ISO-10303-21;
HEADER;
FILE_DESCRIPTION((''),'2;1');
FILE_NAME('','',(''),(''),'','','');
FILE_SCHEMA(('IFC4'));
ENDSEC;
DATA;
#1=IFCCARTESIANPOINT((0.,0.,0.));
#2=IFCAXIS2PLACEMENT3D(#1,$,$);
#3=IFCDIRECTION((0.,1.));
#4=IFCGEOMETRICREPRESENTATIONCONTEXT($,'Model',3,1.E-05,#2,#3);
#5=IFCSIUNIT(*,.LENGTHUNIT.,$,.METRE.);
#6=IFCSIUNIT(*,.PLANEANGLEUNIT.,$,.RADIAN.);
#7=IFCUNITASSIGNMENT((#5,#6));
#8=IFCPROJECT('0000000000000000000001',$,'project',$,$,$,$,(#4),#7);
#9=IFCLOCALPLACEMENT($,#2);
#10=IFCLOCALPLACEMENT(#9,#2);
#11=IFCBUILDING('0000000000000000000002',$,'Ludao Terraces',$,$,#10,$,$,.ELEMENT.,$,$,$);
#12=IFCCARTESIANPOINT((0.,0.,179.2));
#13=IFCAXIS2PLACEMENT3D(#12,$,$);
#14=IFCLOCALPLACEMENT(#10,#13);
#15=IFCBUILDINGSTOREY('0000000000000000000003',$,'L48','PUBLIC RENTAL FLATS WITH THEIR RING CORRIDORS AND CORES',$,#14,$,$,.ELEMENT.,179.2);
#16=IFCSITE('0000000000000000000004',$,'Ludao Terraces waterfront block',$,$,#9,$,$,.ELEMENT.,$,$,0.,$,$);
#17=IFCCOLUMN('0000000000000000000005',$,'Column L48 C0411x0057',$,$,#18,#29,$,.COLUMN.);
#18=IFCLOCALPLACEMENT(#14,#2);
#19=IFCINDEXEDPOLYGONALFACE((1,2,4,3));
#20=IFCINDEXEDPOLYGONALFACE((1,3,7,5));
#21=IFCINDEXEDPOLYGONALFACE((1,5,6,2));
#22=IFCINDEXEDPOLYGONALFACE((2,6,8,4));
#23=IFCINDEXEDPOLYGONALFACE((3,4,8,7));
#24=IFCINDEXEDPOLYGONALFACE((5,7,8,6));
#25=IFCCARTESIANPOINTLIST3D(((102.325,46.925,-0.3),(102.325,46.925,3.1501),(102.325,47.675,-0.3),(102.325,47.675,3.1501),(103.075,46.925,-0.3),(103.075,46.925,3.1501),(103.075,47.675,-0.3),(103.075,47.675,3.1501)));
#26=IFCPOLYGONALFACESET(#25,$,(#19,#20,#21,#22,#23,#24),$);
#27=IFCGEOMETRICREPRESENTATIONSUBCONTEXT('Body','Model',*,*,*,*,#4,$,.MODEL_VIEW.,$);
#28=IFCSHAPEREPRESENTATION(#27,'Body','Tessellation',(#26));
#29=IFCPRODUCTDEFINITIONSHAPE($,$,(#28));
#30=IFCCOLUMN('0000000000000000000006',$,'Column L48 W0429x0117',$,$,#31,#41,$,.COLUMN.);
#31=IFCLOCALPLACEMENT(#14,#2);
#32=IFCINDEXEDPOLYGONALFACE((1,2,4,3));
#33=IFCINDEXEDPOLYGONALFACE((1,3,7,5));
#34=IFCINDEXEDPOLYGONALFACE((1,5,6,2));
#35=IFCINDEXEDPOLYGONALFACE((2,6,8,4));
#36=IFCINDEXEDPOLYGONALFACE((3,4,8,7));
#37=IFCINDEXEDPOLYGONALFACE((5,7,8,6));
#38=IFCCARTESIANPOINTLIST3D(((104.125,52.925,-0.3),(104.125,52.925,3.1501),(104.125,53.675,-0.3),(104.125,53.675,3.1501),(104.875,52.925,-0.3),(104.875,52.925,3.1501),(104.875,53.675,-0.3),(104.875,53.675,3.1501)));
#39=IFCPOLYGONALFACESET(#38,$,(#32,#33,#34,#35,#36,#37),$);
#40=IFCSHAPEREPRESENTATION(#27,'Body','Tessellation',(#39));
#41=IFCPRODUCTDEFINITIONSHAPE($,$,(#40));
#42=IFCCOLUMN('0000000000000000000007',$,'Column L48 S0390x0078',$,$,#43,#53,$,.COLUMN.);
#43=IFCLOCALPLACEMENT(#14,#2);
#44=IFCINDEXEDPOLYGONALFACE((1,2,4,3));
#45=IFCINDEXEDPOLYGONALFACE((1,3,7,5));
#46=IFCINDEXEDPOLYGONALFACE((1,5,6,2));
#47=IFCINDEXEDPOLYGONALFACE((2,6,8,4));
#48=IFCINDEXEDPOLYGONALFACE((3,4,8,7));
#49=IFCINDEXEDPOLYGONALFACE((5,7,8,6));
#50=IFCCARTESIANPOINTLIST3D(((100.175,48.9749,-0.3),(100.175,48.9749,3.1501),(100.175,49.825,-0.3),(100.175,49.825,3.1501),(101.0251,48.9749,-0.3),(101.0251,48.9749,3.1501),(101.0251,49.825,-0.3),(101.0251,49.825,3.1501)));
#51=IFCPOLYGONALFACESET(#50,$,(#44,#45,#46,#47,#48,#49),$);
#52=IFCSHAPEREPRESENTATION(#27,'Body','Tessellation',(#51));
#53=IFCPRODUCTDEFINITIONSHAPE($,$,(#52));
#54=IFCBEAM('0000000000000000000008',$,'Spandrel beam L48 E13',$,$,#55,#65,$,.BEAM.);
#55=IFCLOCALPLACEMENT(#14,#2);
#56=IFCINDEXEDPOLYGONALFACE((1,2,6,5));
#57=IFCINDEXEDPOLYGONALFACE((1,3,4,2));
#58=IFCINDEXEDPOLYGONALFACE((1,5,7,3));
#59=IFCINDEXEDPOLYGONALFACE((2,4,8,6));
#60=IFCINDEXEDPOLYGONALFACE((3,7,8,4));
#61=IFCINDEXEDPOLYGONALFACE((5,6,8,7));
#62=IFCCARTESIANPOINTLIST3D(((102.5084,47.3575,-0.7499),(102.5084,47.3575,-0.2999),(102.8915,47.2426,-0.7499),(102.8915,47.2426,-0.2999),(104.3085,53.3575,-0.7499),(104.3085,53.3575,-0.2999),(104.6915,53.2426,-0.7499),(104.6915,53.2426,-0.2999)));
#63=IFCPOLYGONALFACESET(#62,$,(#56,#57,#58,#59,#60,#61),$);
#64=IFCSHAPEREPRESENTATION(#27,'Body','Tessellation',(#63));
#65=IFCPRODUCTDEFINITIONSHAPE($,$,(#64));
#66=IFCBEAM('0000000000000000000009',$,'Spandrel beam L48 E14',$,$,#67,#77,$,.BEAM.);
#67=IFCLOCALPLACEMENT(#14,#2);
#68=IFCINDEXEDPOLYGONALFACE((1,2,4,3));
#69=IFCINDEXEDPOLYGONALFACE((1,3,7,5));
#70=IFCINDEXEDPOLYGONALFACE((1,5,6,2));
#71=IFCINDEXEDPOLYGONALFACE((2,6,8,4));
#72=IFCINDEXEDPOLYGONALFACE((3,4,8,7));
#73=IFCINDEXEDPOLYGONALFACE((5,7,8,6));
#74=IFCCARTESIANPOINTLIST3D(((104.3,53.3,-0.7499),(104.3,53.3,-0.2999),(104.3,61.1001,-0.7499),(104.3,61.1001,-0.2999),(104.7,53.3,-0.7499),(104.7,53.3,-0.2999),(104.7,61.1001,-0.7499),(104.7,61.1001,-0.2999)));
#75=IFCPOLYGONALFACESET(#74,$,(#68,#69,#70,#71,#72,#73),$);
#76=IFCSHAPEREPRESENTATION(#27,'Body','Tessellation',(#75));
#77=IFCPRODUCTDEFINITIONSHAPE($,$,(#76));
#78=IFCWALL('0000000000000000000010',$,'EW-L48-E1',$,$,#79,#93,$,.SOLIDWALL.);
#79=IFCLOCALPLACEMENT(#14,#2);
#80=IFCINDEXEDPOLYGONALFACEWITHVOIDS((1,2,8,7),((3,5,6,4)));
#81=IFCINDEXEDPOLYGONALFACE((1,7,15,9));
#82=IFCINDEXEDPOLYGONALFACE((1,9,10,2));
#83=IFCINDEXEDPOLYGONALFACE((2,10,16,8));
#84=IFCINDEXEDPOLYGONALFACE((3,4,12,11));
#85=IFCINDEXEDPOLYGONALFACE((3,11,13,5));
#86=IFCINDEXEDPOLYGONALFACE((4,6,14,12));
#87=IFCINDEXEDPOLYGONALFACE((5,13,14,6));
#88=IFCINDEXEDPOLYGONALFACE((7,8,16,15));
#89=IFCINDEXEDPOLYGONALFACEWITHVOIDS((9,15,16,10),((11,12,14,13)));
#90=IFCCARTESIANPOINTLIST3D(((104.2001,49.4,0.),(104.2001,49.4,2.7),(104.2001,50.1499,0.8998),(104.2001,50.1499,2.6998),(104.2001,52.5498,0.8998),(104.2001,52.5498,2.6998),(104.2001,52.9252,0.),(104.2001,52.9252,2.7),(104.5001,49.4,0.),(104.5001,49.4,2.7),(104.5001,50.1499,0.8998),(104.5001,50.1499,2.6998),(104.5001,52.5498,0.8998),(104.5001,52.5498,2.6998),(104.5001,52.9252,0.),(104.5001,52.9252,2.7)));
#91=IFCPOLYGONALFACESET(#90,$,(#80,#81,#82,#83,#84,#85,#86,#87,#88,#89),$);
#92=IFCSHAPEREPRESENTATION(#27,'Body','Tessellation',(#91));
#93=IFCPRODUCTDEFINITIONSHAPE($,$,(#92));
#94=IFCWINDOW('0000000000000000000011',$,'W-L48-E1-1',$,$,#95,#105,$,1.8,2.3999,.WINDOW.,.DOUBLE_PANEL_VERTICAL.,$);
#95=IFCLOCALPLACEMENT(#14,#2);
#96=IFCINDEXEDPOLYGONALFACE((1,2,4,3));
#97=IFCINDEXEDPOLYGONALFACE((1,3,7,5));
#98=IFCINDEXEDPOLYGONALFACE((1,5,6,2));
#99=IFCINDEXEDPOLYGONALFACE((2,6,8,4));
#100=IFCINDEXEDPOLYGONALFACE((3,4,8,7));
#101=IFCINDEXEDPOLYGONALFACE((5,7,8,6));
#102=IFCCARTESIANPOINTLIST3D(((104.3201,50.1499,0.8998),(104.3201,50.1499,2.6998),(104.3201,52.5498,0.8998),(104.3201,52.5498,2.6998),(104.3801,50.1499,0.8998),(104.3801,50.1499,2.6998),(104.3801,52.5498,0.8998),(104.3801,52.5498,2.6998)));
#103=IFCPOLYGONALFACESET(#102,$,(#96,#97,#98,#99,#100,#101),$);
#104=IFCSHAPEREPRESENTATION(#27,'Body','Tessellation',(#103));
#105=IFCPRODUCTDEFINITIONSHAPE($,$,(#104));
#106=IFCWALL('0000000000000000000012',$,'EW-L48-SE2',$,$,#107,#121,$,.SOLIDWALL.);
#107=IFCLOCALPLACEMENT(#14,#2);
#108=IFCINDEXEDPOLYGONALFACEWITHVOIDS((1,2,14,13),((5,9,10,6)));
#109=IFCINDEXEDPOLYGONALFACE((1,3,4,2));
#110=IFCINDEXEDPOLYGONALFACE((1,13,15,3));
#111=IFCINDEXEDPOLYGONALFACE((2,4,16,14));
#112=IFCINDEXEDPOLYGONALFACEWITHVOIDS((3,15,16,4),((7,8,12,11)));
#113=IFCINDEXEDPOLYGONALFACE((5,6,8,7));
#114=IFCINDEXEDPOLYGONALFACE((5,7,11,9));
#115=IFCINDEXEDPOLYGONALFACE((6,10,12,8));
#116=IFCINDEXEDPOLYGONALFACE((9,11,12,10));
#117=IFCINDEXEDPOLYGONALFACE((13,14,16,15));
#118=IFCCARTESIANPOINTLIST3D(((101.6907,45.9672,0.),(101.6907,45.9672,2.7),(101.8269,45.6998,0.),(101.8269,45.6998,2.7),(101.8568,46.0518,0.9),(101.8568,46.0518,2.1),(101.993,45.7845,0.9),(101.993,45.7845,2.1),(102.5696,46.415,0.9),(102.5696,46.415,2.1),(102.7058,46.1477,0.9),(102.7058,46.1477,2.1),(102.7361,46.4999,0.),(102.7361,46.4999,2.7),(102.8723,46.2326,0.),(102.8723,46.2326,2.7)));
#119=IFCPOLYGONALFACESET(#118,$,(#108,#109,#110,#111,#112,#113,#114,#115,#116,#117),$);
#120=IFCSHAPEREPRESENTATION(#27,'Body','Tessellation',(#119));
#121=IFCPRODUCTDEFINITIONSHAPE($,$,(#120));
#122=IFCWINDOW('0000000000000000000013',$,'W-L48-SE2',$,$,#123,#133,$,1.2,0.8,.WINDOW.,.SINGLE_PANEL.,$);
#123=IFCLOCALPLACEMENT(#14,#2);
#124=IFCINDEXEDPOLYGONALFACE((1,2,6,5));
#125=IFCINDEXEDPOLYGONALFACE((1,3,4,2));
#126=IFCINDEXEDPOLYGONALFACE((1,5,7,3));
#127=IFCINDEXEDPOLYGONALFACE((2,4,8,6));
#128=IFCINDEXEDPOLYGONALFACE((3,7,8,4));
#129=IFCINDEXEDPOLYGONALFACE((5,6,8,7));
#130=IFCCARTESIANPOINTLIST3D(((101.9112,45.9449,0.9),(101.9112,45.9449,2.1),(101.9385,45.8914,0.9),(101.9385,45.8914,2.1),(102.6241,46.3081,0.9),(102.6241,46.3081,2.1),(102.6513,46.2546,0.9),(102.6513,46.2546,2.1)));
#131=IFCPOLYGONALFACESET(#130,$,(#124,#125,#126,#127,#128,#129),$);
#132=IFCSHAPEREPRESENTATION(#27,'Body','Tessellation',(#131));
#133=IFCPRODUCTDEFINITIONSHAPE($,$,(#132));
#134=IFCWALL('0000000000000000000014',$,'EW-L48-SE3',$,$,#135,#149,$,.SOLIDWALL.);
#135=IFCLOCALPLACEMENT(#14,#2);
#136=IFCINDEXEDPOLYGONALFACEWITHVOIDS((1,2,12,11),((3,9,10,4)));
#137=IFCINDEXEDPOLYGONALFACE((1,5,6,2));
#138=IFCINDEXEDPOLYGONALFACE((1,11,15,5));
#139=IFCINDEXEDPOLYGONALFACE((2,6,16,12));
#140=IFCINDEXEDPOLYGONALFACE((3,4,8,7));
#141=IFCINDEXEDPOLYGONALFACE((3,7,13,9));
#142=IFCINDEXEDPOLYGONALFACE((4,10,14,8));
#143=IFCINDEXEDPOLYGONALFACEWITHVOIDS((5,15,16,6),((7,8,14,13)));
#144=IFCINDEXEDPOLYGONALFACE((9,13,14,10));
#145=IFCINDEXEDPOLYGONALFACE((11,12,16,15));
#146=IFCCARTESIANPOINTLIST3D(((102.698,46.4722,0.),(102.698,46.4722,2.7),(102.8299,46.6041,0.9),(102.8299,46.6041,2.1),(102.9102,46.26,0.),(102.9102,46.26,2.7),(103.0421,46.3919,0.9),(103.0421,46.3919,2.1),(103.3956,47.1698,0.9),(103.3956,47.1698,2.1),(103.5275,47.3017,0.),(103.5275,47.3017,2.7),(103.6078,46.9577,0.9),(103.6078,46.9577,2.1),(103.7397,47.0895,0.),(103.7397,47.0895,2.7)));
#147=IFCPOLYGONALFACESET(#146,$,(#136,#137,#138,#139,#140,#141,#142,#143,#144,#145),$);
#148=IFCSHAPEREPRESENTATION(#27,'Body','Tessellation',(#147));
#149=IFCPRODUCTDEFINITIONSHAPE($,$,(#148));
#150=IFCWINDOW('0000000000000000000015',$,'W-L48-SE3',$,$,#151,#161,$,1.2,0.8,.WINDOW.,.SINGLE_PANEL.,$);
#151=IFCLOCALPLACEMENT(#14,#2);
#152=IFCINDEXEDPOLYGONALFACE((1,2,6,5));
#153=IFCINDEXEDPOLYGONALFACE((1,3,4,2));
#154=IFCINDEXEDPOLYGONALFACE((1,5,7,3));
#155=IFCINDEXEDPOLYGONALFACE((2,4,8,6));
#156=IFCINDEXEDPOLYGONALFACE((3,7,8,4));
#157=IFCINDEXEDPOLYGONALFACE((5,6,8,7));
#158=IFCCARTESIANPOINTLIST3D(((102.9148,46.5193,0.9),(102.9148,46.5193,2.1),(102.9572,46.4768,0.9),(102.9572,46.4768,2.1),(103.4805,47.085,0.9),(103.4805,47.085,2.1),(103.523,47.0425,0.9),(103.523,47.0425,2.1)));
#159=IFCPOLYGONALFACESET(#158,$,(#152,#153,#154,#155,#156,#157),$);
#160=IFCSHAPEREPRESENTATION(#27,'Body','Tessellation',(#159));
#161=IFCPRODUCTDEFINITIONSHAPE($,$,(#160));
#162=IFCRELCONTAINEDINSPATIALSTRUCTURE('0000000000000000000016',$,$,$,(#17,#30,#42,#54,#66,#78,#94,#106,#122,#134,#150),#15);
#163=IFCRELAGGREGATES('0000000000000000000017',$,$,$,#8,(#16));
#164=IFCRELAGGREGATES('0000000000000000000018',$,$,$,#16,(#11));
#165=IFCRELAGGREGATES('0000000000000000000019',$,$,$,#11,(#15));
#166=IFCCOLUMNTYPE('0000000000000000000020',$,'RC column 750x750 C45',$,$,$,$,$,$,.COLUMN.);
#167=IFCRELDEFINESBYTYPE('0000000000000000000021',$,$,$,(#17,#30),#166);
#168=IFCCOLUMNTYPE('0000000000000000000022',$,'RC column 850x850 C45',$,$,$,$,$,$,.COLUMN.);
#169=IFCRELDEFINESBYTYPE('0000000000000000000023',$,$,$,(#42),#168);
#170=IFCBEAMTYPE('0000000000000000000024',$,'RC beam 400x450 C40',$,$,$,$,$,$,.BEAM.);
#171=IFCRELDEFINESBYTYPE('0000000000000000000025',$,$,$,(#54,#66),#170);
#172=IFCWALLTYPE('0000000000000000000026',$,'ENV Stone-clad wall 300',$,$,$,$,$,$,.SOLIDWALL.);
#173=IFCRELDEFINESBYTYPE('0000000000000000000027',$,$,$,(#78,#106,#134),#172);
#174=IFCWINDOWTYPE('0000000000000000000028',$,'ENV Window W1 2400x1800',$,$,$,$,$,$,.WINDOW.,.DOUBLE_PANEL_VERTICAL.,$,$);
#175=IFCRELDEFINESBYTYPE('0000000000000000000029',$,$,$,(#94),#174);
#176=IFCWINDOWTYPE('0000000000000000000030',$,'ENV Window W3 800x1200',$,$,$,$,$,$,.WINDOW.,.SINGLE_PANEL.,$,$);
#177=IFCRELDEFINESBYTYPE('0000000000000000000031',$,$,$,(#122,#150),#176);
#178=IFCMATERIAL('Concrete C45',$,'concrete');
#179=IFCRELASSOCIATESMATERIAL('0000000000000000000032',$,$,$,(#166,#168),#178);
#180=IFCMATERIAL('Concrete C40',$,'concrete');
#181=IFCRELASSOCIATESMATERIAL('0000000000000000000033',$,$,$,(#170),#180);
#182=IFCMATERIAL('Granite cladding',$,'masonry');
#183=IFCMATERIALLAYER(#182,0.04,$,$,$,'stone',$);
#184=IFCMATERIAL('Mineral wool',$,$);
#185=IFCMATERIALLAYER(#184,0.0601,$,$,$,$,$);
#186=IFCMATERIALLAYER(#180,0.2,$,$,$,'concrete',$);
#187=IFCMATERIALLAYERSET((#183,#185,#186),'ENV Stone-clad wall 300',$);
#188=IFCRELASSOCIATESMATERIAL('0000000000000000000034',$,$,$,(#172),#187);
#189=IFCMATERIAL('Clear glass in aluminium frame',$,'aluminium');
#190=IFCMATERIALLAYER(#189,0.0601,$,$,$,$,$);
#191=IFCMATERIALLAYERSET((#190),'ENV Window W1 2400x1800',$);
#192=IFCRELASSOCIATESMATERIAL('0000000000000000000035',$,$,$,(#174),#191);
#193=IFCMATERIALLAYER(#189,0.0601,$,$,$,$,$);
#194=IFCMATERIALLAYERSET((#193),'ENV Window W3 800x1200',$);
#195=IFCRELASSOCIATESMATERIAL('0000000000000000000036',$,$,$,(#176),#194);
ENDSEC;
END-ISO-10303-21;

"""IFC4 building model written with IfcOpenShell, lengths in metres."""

from ifc_helpers import new_model, si_unit, direction, frame, frame_2d, origin, origin_2d, place, context, subcontext, project, spatial, rectangle, extrude, material, layer, layer_set, material_profile, profile_set, type_object, element, fill, save


model = new_model("IFC4")

# Units and contexts
model_context = context("Model", 3, precision=1e-05, world=origin(), true_north=direction((0.0, 1.0)))
body_context = subcontext(model_context, "Body", "Model", "MODEL_VIEW")
ifc_project = project(units=[si_unit("LENGTHUNIT", "METRE"), si_unit("PLANEANGLEUNIT", "RADIAN")], contexts=[model_context])

# Site, building, storey
site_placement = place(None, origin())
site = spatial("IfcSite", under=ifc_project, at=site_placement, Name="Ludao Terraces waterfront block", CompositionType="ELEMENT", RefElevation=0.0)
building_placement = place(site_placement, origin())
building = spatial("IfcBuilding", under=site, at=building_placement, Name="Ludao Terraces", CompositionType="ELEMENT")
storey_placement = place(building_placement, frame((0.0, 0.0, 179.2)))
storey = spatial("IfcBuildingStorey", under=building, at=storey_placement, Name="L48", Description="PUBLIC RENTAL FLATS WITH THEIR RING CORRIDORS AND CORES", CompositionType="ELEMENT", Elevation=179.2)

# Columns
ifc_material_1 = material(Name="Concrete C45", Category="concrete")
ifc_material_profile_1 = material_profile(ifc_material_1, rectangle(XDim=0.75, YDim=0.75, at=origin_2d()), Name="750 X 750")
ifc_profile_set_1 = profile_set([ifc_material_profile_1], Name="Concrete C45")
column_type_1 = type_object("IfcColumnType", Name="RC column 750x750 C45", PredefinedType="COLUMN", material=ifc_profile_set_1)
for number, where, z_axis, x_axis, name in (
    (1, (102.7, 47.3, -0.3), (0.0, 0.0, 1.0), (1.0, 0.0, 0.0), "Column L48 C0411x0057"),
    (2, (104.5, 53.3, -0.3), (0.0, 0.0, 1.0), (1.0, 0.0, 0.0), "Column L48 W0429x0117"),
):
    element("IfcColumn", number, at=place(storey_placement, frame(where, z_axis=z_axis, x_axis=x_axis)), inside=storey, type_object=column_type_1, Name=name, PredefinedType="COLUMN", context=body_context, shape_type="SweptSolid", body=[
        extrude(rectangle(XDim=0.75, YDim=0.75, at=origin_2d()), origin(), (0.0, 0.0, 1.0), 3.4502),
    ])
ifc_material_profile_2 = material_profile(ifc_material_1, rectangle(XDim=0.8501, YDim=0.8501, at=origin_2d()), Name="850 X 850")
ifc_profile_set_2 = profile_set([ifc_material_profile_2], Name="Concrete C45")
column_type_2 = type_object("IfcColumnType", Name="RC column 850x850 C45", PredefinedType="COLUMN", material=ifc_profile_set_2)
column_placement = place(storey_placement, frame((100.6001, 49.3999, -0.3), z_axis=(0.0, 0.0, 1.0), x_axis=(1.0, 0.0, 0.0)))
element("IfcColumn", 3, at=column_placement, inside=storey, type_object=column_type_2, Name="Column L48 S0390x0078", PredefinedType="COLUMN", context=body_context, shape_type="SweptSolid", body=[
    extrude(rectangle(XDim=0.8501, YDim=0.8501, at=origin_2d()), origin(), (0.0, 0.0, 1.0), 3.4502),
])

# Beams
ifc_material_2 = material(Name="Concrete C40", Category="concrete")
ifc_material_profile_3 = material_profile(ifc_material_2, rectangle(XDim=0.3999, YDim=0.45, at=origin_2d()), Name="400 X 450")
ifc_profile_set_3 = profile_set([ifc_material_profile_3], Name="Concrete C40")
beam_type = type_object("IfcBeamType", Name="RC beam 400x450 C40", PredefinedType="BEAM", material=ifc_profile_set_3)
beam_1_placement = place(storey_placement, frame((102.7, 47.3, -0.5249), z_axis=(0.287355, 0.957824, 0.0), x_axis=(-0.957824, 0.287355, 0.0)))
element("IfcBeam", 4, at=beam_1_placement, inside=storey, type_object=beam_type, Name="Spandrel beam L48 E13", PredefinedType="BEAM", context=body_context, shape_type="SweptSolid", body=[
    extrude(rectangle(XDim=0.3999, YDim=0.45, at=origin_2d()), origin(), (0.0, 0.0, 1.0), 6.2642),
])
beam_2_placement = place(storey_placement, frame((104.5, 53.3, -0.5249), z_axis=(0.0, 1.0, 0.0), x_axis=(-1.0, 0.0, 0.0)))
element("IfcBeam", 5, at=beam_2_placement, inside=storey, type_object=beam_type, Name="Spandrel beam L48 E14", PredefinedType="BEAM", context=body_context, shape_type="SweptSolid", body=[
    extrude(rectangle(XDim=0.3999, YDim=0.45, at=origin_2d()), origin(), (0.0, 0.0, 1.0), 7.8),
])

# Walls, openings, windows
ifc_material_3 = material(Name="Granite cladding", Category="masonry")
ifc_layer_1 = layer(ifc_material_3, 0.04, Category="stone")
ifc_material_4 = material(Name="Mineral wool")
ifc_layer_2 = layer(ifc_material_4, 0.0601)
ifc_layer_3 = layer(ifc_material_2, 0.2, Category="concrete")
ifc_layer_set_1 = layer_set([ifc_layer_1, ifc_layer_2, ifc_layer_3], Name="ENV Stone-clad wall 300")
wall_type = type_object("IfcWallType", Name="ENV Stone-clad wall 300", PredefinedType="SOLIDWALL", material=ifc_layer_set_1)
wall_1_placement = place(storey_placement, frame((104.3501, 49.3999, 0.0), z_axis=(0.0, 0.0, 1.0), x_axis=(0.0, 1.0, 0.0)))
wall_1 = element("IfcWall", 6, at=wall_1_placement, inside=storey, type_object=wall_type, Name="EW-L48-E1", PredefinedType="SOLIDWALL", context=body_context, shape_type="SweptSolid", body=[
    extrude(rectangle(XDim=3.5251, YDim=0.3, at=frame_2d((1.7627, 0.0))), origin(), (0.0, 0.0, 1.0), 2.7),
])
opening_1_placement = place(wall_1_placement, frame((0.75, 0.0, 0.8999)))
opening_1 = element("IfcOpeningElement", 7, at=opening_1_placement, cuts=wall_1, PredefinedType="OPENING", context=body_context, shape_type="SweptSolid", body=[
    extrude(rectangle(XDim=2.3999, YDim=1.8, at=frame_2d((1.2, 0.8999))), frame((0.0, 0.1602, 0.0), z_axis=(0.0, -1.0, 0.0), x_axis=(1.0, 0.0, 0.0)), (0.0, 0.0, 1.0), 0.3201),
])
ifc_material_5 = material(Name="Clear glass in aluminium frame", Category="aluminium")
ifc_layer_4 = layer(ifc_material_5, 0.0601)
ifc_layer_set_2 = layer_set([ifc_layer_4], Name="ENV Window W1 2400x1800")
window_type_1 = type_object("IfcWindowType", Name="ENV Window W1 2400x1800", PartitioningType="DOUBLE_PANEL_VERTICAL", PredefinedType="WINDOW", material=ifc_layer_set_2)
window_1_placement = place(opening_1_placement, origin())
window_1 = element("IfcWindow", 8, at=window_1_placement, inside=storey, type_object=window_type_1, Name="W-L48-E1-1", OverallHeight=1.8, OverallWidth=2.3999, PartitioningType="DOUBLE_PANEL_VERTICAL", PredefinedType="WINDOW", context=body_context, shape_type="SweptSolid", body=[
    extrude(rectangle(XDim=2.3999, YDim=1.8, at=frame_2d((1.2, 0.8999))), frame((0.0, 0.03, 0.0), z_axis=(0.0, -1.0, 0.0), x_axis=(1.0, 0.0, 0.0)), (0.0, 0.0, 1.0), 0.0601),
])
fill(opening_1, window_1)
wall_2_placement = place(storey_placement, frame((101.7588, 45.8335, 0.0), z_axis=(0.0, 0.0, 1.0), x_axis=(0.890989, 0.454026, 0.0)))
wall_2 = element("IfcWall", 9, at=wall_2_placement, inside=storey, type_object=wall_type, Name="EW-L48-SE2", PredefinedType="SOLIDWALL", context=body_context, shape_type="SweptSolid", body=[
    extrude(rectangle(XDim=1.1733, YDim=0.3, at=frame_2d((0.5867, 0.0))), origin(), (0.0, 0.0, 1.0), 2.7),
])
opening_2_placement = place(wall_2_placement, frame((0.1865, 0.0, 0.8999)))
opening_2 = element("IfcOpeningElement", 10, at=opening_2_placement, cuts=wall_2, PredefinedType="OPENING", context=body_context, shape_type="SweptSolid", body=[
    extrude(rectangle(XDim=0.8, YDim=1.2, at=frame_2d((0.3999, 0.6001))), frame((0.0, 0.1602, 0.0), z_axis=(0.0, -1.0, 0.0), x_axis=(1.0, 0.0, 0.0)), (0.0, 0.0, 1.0), 0.3201),
])
ifc_layer_5 = layer(ifc_material_5, 0.0601)
ifc_layer_set_3 = layer_set([ifc_layer_5], Name="ENV Window W3 800x1200")
window_type_2 = type_object("IfcWindowType", Name="ENV Window W3 800x1200", PartitioningType="SINGLE_PANEL", PredefinedType="WINDOW", material=ifc_layer_set_3)
window_2_placement = place(opening_2_placement, origin())
window_2 = element("IfcWindow", 11, at=window_2_placement, inside=storey, type_object=window_type_2, Name="W-L48-SE2", OverallHeight=1.2, OverallWidth=0.8, PartitioningType="SINGLE_PANEL", PredefinedType="WINDOW", context=body_context, shape_type="SweptSolid", body=[
    extrude(rectangle(XDim=0.8, YDim=1.2, at=frame_2d((0.3999, 0.6001))), frame((0.0, 0.03, 0.0), z_axis=(0.0, -1.0, 0.0), x_axis=(1.0, 0.0, 0.0)), (0.0, 0.0, 1.0), 0.0601),
])
fill(opening_2, window_2)
wall_3_placement = place(storey_placement, frame((102.8042, 46.3662, 0.0), z_axis=(0.0, 0.0, 1.0), x_axis=(0.707107, 0.707107, 0.0)))
wall_3 = element("IfcWall", 12, at=wall_3_placement, inside=storey, type_object=wall_type, Name="EW-L48-SE3", PredefinedType="SOLIDWALL", context=body_context, shape_type="SweptSolid", body=[
    extrude(rectangle(XDim=1.1731, YDim=0.3, at=frame_2d((0.5864, 0.0))), origin(), (0.0, 0.0, 1.0), 2.7),
])
opening_3_placement = place(wall_3_placement, frame((0.1865, 0.0, 0.8999)))
opening_3 = element("IfcOpeningElement", 13, at=opening_3_placement, cuts=wall_3, PredefinedType="OPENING", context=body_context, shape_type="SweptSolid", body=[
    extrude(rectangle(XDim=0.8, YDim=1.2, at=frame_2d((0.3999, 0.6001))), frame((0.0, 0.1602, 0.0), z_axis=(0.0, -1.0, 0.0), x_axis=(1.0, 0.0, 0.0)), (0.0, 0.0, 1.0), 0.3201),
])
window_3_placement = place(opening_3_placement, origin())
window_3 = element("IfcWindow", 14, at=window_3_placement, inside=storey, type_object=window_type_2, Name="W-L48-SE3", OverallHeight=1.2, OverallWidth=0.8, PartitioningType="SINGLE_PANEL", PredefinedType="WINDOW", context=body_context, shape_type="SweptSolid", body=[
    extrude(rectangle(XDim=0.8, YDim=1.2, at=frame_2d((0.3999, 0.6001))), frame((0.0, 0.03, 0.0), z_axis=(0.0, -1.0, 0.0), x_axis=(1.0, 0.0, 0.0)), (0.0, 0.0, 1.0), 0.0601),
])
fill(opening_3, window_3)

save(model, "model.ifc")
